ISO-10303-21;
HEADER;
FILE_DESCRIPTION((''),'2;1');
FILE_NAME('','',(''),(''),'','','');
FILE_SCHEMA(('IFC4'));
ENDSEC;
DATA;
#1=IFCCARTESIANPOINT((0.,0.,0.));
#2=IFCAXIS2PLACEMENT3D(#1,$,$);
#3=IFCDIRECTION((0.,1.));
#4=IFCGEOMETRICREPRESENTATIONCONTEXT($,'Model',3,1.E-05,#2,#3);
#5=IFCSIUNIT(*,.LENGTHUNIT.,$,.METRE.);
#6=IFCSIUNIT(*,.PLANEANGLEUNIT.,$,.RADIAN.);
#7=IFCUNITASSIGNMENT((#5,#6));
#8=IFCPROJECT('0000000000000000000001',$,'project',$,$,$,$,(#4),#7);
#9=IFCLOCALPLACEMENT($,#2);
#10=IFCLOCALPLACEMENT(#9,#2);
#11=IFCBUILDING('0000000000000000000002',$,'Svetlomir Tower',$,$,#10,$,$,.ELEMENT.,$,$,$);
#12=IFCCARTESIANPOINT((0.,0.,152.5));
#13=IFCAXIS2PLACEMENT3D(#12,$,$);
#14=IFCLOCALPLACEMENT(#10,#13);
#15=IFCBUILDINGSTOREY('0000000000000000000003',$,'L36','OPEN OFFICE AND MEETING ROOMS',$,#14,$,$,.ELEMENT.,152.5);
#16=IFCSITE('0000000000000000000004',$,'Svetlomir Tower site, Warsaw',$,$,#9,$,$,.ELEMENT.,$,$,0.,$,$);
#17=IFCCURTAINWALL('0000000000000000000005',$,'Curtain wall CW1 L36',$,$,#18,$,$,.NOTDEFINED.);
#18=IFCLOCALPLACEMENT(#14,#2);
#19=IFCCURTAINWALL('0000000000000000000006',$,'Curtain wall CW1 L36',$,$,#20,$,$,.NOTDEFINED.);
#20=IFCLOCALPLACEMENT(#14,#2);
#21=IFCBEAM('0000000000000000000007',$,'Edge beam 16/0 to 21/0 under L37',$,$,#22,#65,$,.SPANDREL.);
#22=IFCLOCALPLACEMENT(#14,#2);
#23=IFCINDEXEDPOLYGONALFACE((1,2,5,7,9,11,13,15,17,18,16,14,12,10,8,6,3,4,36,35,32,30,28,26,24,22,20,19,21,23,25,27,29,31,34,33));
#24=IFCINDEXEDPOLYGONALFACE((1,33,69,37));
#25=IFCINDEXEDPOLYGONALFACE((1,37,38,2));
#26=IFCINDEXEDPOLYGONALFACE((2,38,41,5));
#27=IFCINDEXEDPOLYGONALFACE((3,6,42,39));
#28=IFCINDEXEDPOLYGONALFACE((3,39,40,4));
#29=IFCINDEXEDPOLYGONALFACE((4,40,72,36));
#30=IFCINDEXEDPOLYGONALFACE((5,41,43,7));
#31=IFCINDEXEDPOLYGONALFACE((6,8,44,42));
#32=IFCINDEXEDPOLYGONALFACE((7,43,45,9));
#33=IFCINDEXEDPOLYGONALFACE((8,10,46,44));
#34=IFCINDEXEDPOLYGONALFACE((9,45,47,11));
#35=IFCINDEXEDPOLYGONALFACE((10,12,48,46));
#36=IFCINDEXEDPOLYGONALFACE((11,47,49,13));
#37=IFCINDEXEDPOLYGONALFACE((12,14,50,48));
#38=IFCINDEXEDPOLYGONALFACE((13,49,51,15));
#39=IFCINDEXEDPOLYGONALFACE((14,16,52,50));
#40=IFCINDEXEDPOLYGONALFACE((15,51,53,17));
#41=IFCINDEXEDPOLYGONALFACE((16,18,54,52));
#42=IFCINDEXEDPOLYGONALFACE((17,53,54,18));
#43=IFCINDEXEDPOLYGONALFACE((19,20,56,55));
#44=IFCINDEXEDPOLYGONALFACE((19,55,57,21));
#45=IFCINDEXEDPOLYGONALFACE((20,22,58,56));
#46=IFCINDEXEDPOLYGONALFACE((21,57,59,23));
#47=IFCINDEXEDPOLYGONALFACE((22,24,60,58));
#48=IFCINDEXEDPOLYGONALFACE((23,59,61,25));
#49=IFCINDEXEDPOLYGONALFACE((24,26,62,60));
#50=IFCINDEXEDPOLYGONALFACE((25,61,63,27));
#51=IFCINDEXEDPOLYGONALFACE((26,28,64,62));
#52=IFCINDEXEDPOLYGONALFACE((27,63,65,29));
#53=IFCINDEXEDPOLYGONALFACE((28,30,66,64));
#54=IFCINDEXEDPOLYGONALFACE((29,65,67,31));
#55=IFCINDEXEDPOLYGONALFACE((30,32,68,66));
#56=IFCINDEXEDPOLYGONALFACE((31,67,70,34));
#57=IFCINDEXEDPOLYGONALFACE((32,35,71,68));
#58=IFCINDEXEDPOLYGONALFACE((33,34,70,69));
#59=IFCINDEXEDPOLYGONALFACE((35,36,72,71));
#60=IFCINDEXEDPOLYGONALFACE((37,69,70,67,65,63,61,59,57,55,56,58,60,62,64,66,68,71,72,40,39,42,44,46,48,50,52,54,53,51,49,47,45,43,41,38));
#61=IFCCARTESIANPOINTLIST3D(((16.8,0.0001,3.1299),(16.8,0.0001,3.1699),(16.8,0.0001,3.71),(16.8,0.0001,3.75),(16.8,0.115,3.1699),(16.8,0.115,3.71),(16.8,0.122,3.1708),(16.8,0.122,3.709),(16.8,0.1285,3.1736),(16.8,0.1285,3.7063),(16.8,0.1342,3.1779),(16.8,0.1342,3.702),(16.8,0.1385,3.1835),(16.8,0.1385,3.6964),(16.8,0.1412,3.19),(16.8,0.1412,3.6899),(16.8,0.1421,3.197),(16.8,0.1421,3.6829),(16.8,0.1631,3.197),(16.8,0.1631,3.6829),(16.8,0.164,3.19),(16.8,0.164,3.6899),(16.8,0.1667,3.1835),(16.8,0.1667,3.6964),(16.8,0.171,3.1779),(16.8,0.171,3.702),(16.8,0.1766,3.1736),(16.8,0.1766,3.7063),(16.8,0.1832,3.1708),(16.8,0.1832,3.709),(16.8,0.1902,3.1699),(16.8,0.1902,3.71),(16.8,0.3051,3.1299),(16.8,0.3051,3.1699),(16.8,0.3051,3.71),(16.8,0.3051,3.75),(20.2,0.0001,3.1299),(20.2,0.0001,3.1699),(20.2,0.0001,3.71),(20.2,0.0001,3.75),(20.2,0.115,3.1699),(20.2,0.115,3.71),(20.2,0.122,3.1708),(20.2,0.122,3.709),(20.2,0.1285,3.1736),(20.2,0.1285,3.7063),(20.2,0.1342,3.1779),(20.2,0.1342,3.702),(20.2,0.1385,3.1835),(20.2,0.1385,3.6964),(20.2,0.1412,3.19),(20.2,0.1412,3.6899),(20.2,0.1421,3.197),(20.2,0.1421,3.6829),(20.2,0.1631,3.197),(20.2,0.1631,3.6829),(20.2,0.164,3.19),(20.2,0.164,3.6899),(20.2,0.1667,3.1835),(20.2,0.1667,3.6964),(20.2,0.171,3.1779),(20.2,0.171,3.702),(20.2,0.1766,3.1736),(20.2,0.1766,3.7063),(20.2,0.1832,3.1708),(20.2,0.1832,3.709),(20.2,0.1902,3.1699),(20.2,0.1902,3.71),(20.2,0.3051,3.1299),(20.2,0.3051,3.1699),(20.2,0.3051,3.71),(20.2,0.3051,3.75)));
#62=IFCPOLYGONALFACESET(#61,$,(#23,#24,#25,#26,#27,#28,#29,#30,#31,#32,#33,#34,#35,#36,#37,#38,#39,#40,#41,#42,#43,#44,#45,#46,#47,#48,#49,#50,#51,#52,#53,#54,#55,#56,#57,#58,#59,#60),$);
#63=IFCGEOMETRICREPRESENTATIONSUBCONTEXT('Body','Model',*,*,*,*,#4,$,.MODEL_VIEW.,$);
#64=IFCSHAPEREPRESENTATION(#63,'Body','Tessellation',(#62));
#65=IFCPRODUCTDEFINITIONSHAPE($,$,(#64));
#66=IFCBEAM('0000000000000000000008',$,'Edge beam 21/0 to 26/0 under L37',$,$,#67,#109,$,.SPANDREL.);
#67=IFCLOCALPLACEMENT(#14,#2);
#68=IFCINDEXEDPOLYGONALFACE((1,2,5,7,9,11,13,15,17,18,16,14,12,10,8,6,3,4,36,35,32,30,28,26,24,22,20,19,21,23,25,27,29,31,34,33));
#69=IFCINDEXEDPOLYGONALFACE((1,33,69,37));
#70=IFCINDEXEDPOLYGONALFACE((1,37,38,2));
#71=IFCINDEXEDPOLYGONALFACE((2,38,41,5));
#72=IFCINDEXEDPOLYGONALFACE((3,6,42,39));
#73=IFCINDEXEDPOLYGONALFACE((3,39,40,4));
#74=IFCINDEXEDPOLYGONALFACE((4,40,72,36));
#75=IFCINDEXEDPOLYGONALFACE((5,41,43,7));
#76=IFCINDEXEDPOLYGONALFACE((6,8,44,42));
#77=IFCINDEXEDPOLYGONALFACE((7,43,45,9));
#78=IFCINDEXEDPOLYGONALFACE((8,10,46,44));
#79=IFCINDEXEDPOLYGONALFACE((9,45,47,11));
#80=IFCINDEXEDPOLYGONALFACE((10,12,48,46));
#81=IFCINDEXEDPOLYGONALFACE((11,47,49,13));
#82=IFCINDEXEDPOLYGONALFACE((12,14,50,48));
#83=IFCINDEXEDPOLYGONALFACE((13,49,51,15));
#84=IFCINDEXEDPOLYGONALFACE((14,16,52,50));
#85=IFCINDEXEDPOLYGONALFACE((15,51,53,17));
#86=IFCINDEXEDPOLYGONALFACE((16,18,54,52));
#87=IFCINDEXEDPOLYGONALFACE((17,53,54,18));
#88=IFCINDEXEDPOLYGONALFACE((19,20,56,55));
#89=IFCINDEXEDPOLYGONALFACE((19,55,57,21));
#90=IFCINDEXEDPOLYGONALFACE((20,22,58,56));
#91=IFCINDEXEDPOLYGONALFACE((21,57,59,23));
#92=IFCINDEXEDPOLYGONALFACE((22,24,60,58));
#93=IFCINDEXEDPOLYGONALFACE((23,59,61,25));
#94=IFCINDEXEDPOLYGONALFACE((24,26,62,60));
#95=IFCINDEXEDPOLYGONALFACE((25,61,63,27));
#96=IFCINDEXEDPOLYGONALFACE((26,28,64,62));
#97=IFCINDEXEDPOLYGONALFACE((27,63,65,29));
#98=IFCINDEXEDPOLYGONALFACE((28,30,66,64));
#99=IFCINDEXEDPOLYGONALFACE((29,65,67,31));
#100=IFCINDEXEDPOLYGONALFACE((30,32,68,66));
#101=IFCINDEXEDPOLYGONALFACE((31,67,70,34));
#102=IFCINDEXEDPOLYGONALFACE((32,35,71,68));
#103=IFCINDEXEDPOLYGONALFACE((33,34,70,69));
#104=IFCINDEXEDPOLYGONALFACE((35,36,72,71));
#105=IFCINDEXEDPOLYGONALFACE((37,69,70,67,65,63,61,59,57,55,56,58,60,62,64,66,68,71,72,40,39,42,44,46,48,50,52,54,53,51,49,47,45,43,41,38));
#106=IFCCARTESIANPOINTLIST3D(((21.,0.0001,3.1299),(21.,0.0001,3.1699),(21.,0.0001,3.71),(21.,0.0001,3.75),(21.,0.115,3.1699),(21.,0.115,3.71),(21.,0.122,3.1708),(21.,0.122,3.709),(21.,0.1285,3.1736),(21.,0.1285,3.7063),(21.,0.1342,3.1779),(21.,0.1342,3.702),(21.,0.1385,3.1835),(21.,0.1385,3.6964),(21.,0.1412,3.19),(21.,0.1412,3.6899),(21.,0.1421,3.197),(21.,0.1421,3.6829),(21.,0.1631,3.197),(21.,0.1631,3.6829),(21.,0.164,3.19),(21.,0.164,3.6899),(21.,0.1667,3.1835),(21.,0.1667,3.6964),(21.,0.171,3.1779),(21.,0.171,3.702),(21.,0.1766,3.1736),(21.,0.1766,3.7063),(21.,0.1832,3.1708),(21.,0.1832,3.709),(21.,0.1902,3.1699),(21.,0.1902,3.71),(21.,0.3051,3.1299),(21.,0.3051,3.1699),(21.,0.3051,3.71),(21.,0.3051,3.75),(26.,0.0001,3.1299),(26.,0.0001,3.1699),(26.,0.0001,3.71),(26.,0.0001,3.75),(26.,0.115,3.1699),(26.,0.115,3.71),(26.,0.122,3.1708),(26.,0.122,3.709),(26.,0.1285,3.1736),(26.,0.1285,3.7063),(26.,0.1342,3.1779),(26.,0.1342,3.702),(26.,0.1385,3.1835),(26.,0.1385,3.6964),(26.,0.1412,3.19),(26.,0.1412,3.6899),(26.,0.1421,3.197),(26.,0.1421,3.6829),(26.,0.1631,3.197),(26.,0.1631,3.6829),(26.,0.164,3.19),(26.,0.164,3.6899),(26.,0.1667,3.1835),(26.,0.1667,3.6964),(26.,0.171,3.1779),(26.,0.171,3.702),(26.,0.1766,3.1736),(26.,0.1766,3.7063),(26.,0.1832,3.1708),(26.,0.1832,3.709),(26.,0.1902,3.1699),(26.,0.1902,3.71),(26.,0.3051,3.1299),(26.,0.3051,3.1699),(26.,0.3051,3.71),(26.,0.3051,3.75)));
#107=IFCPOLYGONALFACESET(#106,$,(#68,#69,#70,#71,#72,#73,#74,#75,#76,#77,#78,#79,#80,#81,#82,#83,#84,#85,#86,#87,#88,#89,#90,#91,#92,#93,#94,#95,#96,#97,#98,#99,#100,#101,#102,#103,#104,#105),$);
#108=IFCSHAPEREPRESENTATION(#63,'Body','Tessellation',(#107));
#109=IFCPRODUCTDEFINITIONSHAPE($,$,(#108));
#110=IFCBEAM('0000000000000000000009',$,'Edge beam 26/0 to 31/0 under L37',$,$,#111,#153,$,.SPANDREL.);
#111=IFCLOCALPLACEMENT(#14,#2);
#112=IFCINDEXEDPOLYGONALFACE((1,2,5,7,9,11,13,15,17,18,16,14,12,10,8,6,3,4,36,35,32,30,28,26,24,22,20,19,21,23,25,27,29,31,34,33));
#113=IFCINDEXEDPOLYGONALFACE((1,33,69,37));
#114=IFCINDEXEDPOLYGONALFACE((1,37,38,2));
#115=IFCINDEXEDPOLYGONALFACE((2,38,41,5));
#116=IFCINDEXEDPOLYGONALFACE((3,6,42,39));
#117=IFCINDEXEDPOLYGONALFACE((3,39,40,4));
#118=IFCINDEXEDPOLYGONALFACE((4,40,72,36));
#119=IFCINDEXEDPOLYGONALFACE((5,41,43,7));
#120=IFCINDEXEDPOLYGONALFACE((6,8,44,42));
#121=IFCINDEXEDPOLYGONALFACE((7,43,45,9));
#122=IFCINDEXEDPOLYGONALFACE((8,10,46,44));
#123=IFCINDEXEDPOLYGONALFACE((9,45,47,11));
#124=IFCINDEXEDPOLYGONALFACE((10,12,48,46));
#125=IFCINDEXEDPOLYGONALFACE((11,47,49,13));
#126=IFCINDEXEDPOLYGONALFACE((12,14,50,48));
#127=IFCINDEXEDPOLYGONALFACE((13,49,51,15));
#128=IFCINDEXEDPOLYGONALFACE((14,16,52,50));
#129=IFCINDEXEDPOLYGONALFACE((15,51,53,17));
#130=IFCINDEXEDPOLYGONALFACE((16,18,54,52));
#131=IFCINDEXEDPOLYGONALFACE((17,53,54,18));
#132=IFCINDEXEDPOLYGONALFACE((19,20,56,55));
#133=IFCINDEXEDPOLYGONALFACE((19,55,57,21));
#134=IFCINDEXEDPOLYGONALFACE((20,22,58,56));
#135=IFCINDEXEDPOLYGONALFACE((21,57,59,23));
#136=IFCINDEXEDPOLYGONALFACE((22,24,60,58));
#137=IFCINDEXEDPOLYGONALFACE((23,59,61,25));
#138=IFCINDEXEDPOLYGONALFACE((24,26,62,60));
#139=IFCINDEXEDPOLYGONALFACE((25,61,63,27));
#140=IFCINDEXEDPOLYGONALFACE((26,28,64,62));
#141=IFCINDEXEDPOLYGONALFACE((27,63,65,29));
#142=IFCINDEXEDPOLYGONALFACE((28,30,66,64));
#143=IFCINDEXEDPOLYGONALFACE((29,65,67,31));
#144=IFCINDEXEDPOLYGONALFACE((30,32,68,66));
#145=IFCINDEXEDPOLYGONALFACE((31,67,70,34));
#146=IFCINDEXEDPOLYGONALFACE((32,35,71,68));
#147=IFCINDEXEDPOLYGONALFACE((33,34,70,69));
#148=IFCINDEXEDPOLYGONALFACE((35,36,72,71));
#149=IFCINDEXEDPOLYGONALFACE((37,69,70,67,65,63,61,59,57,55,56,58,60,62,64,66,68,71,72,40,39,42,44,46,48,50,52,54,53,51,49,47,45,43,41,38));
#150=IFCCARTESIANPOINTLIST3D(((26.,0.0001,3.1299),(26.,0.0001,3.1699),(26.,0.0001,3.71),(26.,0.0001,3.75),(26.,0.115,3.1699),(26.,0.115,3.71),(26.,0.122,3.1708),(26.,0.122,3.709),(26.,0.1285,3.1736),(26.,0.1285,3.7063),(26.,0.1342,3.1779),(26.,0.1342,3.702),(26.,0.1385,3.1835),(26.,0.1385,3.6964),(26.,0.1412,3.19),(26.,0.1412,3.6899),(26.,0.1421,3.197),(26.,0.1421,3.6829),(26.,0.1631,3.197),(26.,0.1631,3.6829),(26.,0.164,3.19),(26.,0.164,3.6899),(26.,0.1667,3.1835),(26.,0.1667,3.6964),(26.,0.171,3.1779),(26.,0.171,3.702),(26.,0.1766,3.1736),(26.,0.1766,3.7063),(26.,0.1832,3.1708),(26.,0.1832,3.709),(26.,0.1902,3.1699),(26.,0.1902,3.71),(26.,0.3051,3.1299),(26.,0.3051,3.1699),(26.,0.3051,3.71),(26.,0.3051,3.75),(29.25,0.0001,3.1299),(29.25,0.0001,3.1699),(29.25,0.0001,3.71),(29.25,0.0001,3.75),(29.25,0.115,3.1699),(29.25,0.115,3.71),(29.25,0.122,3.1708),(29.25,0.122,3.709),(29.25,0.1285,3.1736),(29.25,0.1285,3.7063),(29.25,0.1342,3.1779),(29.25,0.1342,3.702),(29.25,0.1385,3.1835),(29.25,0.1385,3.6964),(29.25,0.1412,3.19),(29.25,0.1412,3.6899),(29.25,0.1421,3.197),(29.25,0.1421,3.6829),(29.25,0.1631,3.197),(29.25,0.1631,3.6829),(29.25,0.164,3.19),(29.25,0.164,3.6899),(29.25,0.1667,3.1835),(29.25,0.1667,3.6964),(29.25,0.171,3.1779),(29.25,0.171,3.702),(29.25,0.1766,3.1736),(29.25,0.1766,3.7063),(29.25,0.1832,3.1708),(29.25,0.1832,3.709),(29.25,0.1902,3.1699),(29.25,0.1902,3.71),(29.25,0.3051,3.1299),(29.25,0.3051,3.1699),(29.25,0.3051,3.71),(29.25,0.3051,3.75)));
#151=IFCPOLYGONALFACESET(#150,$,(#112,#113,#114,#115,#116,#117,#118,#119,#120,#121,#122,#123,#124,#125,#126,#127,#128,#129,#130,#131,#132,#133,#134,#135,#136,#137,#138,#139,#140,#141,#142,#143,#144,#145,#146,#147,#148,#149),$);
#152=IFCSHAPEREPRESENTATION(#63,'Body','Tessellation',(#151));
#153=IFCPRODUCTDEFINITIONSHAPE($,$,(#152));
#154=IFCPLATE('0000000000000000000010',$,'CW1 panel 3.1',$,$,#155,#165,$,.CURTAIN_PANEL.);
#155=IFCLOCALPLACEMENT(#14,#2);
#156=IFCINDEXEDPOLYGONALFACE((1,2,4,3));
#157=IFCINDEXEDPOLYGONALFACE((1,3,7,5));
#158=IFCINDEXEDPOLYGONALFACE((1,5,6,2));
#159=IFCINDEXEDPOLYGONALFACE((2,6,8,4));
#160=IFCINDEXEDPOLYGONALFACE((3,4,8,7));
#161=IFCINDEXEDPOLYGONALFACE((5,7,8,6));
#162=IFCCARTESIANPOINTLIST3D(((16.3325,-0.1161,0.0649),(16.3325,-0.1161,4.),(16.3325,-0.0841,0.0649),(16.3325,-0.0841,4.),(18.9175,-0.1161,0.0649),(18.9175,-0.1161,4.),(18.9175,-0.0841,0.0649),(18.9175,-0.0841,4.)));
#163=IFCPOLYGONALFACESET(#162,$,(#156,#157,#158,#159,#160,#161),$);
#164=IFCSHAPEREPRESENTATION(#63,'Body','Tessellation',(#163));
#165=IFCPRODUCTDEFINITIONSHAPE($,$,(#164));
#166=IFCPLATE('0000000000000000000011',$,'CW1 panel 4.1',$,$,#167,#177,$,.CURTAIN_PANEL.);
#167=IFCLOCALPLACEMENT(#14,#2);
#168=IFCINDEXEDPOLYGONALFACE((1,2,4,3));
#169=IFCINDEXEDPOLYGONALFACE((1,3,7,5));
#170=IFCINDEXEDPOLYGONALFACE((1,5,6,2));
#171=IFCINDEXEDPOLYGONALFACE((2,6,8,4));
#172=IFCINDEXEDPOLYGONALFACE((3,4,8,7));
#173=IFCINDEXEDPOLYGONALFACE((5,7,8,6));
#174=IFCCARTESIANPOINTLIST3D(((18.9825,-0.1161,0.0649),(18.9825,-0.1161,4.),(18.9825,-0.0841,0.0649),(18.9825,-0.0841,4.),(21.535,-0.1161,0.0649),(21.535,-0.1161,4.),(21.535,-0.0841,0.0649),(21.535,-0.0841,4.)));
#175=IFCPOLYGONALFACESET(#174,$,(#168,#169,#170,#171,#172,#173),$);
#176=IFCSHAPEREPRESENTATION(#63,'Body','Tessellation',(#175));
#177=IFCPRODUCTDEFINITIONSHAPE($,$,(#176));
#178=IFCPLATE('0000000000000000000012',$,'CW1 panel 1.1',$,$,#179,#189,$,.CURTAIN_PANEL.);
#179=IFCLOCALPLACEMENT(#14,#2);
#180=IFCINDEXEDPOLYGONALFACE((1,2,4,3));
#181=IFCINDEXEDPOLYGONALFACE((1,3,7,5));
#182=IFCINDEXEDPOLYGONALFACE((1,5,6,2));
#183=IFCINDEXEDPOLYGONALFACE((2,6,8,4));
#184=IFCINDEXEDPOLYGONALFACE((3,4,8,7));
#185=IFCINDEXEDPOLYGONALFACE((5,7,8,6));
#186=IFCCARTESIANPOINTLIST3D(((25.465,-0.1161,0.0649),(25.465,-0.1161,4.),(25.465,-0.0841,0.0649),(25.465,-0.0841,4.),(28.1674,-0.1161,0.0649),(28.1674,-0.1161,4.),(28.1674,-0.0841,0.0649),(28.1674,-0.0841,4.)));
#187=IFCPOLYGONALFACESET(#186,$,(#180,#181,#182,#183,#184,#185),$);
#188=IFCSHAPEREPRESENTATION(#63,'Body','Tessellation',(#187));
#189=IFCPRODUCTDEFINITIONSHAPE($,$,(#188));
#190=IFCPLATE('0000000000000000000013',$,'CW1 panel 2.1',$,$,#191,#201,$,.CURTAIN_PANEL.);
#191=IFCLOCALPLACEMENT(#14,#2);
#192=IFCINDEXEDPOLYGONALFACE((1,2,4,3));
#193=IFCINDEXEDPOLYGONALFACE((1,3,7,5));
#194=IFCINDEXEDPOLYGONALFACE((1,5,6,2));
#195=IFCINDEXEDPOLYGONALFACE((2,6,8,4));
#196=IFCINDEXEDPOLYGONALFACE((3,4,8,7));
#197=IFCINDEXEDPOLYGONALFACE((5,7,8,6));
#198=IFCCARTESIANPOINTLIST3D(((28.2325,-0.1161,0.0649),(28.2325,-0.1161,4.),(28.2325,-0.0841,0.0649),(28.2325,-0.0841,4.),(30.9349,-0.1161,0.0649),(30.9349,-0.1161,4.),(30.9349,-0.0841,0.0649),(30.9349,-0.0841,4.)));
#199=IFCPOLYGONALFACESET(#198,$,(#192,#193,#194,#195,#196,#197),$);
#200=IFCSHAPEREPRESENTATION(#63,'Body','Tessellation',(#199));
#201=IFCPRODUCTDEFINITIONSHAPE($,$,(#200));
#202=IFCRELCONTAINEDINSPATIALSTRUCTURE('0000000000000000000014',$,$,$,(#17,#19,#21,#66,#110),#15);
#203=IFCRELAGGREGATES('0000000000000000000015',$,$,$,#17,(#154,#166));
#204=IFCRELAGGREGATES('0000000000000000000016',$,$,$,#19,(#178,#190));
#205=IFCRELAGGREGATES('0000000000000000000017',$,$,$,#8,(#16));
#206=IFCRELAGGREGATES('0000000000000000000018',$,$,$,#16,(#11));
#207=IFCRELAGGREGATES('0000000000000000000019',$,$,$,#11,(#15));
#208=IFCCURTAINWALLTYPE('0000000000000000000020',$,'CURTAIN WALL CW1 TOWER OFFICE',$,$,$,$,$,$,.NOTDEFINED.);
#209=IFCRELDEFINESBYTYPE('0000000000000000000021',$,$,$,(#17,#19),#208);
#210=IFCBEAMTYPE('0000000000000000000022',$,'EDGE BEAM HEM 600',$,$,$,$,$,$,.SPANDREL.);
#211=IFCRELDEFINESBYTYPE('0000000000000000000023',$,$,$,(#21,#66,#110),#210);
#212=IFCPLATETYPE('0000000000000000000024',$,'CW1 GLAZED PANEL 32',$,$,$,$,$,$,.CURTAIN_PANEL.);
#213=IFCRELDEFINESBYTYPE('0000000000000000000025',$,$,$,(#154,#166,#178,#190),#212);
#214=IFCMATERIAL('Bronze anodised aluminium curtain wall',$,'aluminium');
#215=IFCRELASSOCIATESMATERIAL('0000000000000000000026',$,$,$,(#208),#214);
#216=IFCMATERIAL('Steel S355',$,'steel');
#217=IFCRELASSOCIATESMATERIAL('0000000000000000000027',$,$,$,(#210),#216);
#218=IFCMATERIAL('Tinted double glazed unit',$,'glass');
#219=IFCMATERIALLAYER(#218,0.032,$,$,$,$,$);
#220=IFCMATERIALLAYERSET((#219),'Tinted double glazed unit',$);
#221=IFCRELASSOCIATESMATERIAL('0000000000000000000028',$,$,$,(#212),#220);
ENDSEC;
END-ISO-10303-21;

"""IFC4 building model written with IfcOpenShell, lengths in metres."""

from ifc_helpers import new_model, si_unit, direction, frame, origin, origin_2d, place, context, subcontext, project, spatial, rectangle, i_section, extrude, material, layer, layer_set, material_profile, profile_set, type_object, element, aggregate, save


model = new_model("IFC4")

# Units and contexts
model_context = context("Model", 3, precision=1e-05, world=origin(), true_north=direction((0.0, 1.0)))
body_context = subcontext(model_context, "Body", "Model", "MODEL_VIEW")
ifc_project = project(units=[si_unit("LENGTHUNIT", "METRE"), si_unit("PLANEANGLEUNIT", "RADIAN")], contexts=[model_context])

# Site, building, storey
site_placement = place(None, origin())
site = spatial("IfcSite", under=ifc_project, at=site_placement, Name="Svetlomir Tower site, Warsaw", CompositionType="ELEMENT", RefElevation=0.0)
building_placement = place(site_placement, origin())
building = spatial("IfcBuilding", under=site, at=building_placement, Name="Svetlomir Tower", CompositionType="ELEMENT")
storey_placement = place(building_placement, frame((0.0, 0.0, 152.5)))
storey = spatial("IfcBuildingStorey", under=building, at=storey_placement, Name="L36", Description="OPEN OFFICE AND MEETING ROOMS", CompositionType="ELEMENT", Elevation=152.5)

# Curtain walls
ifc_material_1 = material(Name="Bronze anodised aluminium curtain wall", Category="aluminium")
curtain_wall_type = type_object("IfcCurtainWallType", Name="CURTAIN WALL CW1 TOWER OFFICE", PredefinedType="NOTDEFINED", material=ifc_material_1)
curtain_wall_1_placement = place(storey_placement, origin())
curtain_wall_1 = element("IfcCurtainWall", 1, at=curtain_wall_1_placement, inside=storey, type_object=curtain_wall_type, Name="Curtain wall CW1 L36", PredefinedType="NOTDEFINED")
curtain_wall_2_placement = place(storey_placement, origin())
curtain_wall_2 = element("IfcCurtainWall", 2, at=curtain_wall_2_placement, inside=storey, type_object=curtain_wall_type, Name="Curtain wall CW1 L36", PredefinedType="NOTDEFINED")

# Beams
ifc_material_2 = material(Name="Steel S355", Category="steel")
ifc_material_profile_1 = material_profile(ifc_material_2, i_section(OverallWidth=0.3049, OverallDepth=0.6201, WebThickness=0.021, FlangeThickness=0.04, FilletRadius=0.0271, at=origin_2d()), Name="HEM 600")
ifc_profile_set_1 = profile_set([ifc_material_profile_1], Name="Steel S355")
beam_type_1 = type_object("IfcBeamType", Name="EDGE BEAM HEM 600", PredefinedType="SPANDREL", material=ifc_profile_set_1)
beam_1_placement = place(storey_placement, frame((16.8, 0.1526, 3.4399), z_axis=(1.0, 0.0, 0.0), x_axis=(0.0, 1.0, 0.0)))
element("IfcBeam", 3, at=beam_1_placement, inside=storey, type_object=beam_type_1, Name="Edge beam 16/0 to 21/0 under L37", PredefinedType="SPANDREL", context=body_context, shape_type="SweptSolid", body=[
    extrude(i_section(OverallWidth=0.3049, OverallDepth=0.6201, WebThickness=0.021, FlangeThickness=0.04, FilletRadius=0.0271, at=origin_2d()), origin(), (0.0, 0.0, 1.0), 3.3999),
])
beam_2_placement = place(storey_placement, frame((21.0, 0.1526, 3.4399), z_axis=(1.0, 0.0, 0.0), x_axis=(0.0, 1.0, 0.0)))
element("IfcBeam", 4, at=beam_2_placement, inside=storey, type_object=beam_type_1, Name="Edge beam 21/0 to 26/0 under L37", PredefinedType="SPANDREL", context=body_context, shape_type="SweptSolid", body=[
    extrude(i_section(OverallWidth=0.3049, OverallDepth=0.6201, WebThickness=0.021, FlangeThickness=0.04, FilletRadius=0.0271, at=origin_2d()), origin(), (0.0, 0.0, 1.0), 5.0),
])
beam_3_placement = place(storey_placement, frame((26.0, 0.1526, 3.4399), z_axis=(1.0, 0.0, 0.0), x_axis=(0.0, 1.0, 0.0)))
element("IfcBeam", 5, at=beam_3_placement, inside=storey, type_object=beam_type_1, Name="Edge beam 26/0 to 31/0 under L37", PredefinedType="SPANDREL", context=body_context, shape_type="SweptSolid", body=[
    extrude(i_section(OverallWidth=0.3049, OverallDepth=0.6201, WebThickness=0.021, FlangeThickness=0.04, FilletRadius=0.0271, at=origin_2d()), origin(), (0.0, 0.0, 1.0), 3.25),
])

# Plates
ifc_material_3 = material(Name="Tinted double glazed unit", Category="glass")
ifc_layer_1 = layer(ifc_material_3, 0.032)
ifc_layer_set_1 = layer_set([ifc_layer_1], Name="Tinted double glazed unit")
plate_type = type_object("IfcPlateType", Name="CW1 GLAZED PANEL 32", PredefinedType="CURTAIN_PANEL", material=ifc_layer_set_1)
plate_1_placement = place(storey_placement, frame((17.625, -0.1001, 0.0649), z_axis=(0.0, 0.0, 1.0), x_axis=(1.0, 0.0, 0.0)))
plate_1 = element("IfcPlate", 6, at=plate_1_placement, type_object=plate_type, Name="CW1 panel 3.1", PredefinedType="CURTAIN_PANEL", context=body_context, shape_type="SweptSolid", body=[
    extrude(rectangle(XDim=2.585, YDim=0.032, at=origin_2d()), origin(), (0.0, 0.0, 1.0), 3.9351),
])
plate_2_placement = place(storey_placement, frame((20.2588, -0.1001, 0.0649), z_axis=(0.0, 0.0, 1.0), x_axis=(1.0, 0.0, 0.0)))
plate_2 = element("IfcPlate", 7, at=plate_2_placement, type_object=plate_type, Name="CW1 panel 4.1", PredefinedType="CURTAIN_PANEL", context=body_context, shape_type="SweptSolid", body=[
    extrude(rectangle(XDim=2.5525, YDim=0.032, at=origin_2d()), origin(), (0.0, 0.0, 1.0), 3.9351),
])
aggregate(curtain_wall_1, [plate_1, plate_2])
plate_3_placement = place(storey_placement, frame((26.8162, -0.1001, 0.0649), z_axis=(0.0, 0.0, 1.0), x_axis=(1.0, 0.0, 0.0)))
plate_3 = element("IfcPlate", 8, at=plate_3_placement, type_object=plate_type, Name="CW1 panel 1.1", PredefinedType="CURTAIN_PANEL", context=body_context, shape_type="SweptSolid", body=[
    extrude(rectangle(XDim=2.7024, YDim=0.032, at=origin_2d()), origin(), (0.0, 0.0, 1.0), 3.9351),
])
plate_4_placement = place(storey_placement, frame((29.5837, -0.1001, 0.0649), z_axis=(0.0, 0.0, 1.0), x_axis=(1.0, 0.0, 0.0)))
plate_4 = element("IfcPlate", 9, at=plate_4_placement, type_object=plate_type, Name="CW1 panel 2.1", PredefinedType="CURTAIN_PANEL", context=body_context, shape_type="SweptSolid", body=[
    extrude(rectangle(XDim=2.7024, YDim=0.032, at=origin_2d()), origin(), (0.0, 0.0, 1.0), 3.9351),
])
aggregate(curtain_wall_2, [plate_3, plate_4])

save(model, "model.ifc")
